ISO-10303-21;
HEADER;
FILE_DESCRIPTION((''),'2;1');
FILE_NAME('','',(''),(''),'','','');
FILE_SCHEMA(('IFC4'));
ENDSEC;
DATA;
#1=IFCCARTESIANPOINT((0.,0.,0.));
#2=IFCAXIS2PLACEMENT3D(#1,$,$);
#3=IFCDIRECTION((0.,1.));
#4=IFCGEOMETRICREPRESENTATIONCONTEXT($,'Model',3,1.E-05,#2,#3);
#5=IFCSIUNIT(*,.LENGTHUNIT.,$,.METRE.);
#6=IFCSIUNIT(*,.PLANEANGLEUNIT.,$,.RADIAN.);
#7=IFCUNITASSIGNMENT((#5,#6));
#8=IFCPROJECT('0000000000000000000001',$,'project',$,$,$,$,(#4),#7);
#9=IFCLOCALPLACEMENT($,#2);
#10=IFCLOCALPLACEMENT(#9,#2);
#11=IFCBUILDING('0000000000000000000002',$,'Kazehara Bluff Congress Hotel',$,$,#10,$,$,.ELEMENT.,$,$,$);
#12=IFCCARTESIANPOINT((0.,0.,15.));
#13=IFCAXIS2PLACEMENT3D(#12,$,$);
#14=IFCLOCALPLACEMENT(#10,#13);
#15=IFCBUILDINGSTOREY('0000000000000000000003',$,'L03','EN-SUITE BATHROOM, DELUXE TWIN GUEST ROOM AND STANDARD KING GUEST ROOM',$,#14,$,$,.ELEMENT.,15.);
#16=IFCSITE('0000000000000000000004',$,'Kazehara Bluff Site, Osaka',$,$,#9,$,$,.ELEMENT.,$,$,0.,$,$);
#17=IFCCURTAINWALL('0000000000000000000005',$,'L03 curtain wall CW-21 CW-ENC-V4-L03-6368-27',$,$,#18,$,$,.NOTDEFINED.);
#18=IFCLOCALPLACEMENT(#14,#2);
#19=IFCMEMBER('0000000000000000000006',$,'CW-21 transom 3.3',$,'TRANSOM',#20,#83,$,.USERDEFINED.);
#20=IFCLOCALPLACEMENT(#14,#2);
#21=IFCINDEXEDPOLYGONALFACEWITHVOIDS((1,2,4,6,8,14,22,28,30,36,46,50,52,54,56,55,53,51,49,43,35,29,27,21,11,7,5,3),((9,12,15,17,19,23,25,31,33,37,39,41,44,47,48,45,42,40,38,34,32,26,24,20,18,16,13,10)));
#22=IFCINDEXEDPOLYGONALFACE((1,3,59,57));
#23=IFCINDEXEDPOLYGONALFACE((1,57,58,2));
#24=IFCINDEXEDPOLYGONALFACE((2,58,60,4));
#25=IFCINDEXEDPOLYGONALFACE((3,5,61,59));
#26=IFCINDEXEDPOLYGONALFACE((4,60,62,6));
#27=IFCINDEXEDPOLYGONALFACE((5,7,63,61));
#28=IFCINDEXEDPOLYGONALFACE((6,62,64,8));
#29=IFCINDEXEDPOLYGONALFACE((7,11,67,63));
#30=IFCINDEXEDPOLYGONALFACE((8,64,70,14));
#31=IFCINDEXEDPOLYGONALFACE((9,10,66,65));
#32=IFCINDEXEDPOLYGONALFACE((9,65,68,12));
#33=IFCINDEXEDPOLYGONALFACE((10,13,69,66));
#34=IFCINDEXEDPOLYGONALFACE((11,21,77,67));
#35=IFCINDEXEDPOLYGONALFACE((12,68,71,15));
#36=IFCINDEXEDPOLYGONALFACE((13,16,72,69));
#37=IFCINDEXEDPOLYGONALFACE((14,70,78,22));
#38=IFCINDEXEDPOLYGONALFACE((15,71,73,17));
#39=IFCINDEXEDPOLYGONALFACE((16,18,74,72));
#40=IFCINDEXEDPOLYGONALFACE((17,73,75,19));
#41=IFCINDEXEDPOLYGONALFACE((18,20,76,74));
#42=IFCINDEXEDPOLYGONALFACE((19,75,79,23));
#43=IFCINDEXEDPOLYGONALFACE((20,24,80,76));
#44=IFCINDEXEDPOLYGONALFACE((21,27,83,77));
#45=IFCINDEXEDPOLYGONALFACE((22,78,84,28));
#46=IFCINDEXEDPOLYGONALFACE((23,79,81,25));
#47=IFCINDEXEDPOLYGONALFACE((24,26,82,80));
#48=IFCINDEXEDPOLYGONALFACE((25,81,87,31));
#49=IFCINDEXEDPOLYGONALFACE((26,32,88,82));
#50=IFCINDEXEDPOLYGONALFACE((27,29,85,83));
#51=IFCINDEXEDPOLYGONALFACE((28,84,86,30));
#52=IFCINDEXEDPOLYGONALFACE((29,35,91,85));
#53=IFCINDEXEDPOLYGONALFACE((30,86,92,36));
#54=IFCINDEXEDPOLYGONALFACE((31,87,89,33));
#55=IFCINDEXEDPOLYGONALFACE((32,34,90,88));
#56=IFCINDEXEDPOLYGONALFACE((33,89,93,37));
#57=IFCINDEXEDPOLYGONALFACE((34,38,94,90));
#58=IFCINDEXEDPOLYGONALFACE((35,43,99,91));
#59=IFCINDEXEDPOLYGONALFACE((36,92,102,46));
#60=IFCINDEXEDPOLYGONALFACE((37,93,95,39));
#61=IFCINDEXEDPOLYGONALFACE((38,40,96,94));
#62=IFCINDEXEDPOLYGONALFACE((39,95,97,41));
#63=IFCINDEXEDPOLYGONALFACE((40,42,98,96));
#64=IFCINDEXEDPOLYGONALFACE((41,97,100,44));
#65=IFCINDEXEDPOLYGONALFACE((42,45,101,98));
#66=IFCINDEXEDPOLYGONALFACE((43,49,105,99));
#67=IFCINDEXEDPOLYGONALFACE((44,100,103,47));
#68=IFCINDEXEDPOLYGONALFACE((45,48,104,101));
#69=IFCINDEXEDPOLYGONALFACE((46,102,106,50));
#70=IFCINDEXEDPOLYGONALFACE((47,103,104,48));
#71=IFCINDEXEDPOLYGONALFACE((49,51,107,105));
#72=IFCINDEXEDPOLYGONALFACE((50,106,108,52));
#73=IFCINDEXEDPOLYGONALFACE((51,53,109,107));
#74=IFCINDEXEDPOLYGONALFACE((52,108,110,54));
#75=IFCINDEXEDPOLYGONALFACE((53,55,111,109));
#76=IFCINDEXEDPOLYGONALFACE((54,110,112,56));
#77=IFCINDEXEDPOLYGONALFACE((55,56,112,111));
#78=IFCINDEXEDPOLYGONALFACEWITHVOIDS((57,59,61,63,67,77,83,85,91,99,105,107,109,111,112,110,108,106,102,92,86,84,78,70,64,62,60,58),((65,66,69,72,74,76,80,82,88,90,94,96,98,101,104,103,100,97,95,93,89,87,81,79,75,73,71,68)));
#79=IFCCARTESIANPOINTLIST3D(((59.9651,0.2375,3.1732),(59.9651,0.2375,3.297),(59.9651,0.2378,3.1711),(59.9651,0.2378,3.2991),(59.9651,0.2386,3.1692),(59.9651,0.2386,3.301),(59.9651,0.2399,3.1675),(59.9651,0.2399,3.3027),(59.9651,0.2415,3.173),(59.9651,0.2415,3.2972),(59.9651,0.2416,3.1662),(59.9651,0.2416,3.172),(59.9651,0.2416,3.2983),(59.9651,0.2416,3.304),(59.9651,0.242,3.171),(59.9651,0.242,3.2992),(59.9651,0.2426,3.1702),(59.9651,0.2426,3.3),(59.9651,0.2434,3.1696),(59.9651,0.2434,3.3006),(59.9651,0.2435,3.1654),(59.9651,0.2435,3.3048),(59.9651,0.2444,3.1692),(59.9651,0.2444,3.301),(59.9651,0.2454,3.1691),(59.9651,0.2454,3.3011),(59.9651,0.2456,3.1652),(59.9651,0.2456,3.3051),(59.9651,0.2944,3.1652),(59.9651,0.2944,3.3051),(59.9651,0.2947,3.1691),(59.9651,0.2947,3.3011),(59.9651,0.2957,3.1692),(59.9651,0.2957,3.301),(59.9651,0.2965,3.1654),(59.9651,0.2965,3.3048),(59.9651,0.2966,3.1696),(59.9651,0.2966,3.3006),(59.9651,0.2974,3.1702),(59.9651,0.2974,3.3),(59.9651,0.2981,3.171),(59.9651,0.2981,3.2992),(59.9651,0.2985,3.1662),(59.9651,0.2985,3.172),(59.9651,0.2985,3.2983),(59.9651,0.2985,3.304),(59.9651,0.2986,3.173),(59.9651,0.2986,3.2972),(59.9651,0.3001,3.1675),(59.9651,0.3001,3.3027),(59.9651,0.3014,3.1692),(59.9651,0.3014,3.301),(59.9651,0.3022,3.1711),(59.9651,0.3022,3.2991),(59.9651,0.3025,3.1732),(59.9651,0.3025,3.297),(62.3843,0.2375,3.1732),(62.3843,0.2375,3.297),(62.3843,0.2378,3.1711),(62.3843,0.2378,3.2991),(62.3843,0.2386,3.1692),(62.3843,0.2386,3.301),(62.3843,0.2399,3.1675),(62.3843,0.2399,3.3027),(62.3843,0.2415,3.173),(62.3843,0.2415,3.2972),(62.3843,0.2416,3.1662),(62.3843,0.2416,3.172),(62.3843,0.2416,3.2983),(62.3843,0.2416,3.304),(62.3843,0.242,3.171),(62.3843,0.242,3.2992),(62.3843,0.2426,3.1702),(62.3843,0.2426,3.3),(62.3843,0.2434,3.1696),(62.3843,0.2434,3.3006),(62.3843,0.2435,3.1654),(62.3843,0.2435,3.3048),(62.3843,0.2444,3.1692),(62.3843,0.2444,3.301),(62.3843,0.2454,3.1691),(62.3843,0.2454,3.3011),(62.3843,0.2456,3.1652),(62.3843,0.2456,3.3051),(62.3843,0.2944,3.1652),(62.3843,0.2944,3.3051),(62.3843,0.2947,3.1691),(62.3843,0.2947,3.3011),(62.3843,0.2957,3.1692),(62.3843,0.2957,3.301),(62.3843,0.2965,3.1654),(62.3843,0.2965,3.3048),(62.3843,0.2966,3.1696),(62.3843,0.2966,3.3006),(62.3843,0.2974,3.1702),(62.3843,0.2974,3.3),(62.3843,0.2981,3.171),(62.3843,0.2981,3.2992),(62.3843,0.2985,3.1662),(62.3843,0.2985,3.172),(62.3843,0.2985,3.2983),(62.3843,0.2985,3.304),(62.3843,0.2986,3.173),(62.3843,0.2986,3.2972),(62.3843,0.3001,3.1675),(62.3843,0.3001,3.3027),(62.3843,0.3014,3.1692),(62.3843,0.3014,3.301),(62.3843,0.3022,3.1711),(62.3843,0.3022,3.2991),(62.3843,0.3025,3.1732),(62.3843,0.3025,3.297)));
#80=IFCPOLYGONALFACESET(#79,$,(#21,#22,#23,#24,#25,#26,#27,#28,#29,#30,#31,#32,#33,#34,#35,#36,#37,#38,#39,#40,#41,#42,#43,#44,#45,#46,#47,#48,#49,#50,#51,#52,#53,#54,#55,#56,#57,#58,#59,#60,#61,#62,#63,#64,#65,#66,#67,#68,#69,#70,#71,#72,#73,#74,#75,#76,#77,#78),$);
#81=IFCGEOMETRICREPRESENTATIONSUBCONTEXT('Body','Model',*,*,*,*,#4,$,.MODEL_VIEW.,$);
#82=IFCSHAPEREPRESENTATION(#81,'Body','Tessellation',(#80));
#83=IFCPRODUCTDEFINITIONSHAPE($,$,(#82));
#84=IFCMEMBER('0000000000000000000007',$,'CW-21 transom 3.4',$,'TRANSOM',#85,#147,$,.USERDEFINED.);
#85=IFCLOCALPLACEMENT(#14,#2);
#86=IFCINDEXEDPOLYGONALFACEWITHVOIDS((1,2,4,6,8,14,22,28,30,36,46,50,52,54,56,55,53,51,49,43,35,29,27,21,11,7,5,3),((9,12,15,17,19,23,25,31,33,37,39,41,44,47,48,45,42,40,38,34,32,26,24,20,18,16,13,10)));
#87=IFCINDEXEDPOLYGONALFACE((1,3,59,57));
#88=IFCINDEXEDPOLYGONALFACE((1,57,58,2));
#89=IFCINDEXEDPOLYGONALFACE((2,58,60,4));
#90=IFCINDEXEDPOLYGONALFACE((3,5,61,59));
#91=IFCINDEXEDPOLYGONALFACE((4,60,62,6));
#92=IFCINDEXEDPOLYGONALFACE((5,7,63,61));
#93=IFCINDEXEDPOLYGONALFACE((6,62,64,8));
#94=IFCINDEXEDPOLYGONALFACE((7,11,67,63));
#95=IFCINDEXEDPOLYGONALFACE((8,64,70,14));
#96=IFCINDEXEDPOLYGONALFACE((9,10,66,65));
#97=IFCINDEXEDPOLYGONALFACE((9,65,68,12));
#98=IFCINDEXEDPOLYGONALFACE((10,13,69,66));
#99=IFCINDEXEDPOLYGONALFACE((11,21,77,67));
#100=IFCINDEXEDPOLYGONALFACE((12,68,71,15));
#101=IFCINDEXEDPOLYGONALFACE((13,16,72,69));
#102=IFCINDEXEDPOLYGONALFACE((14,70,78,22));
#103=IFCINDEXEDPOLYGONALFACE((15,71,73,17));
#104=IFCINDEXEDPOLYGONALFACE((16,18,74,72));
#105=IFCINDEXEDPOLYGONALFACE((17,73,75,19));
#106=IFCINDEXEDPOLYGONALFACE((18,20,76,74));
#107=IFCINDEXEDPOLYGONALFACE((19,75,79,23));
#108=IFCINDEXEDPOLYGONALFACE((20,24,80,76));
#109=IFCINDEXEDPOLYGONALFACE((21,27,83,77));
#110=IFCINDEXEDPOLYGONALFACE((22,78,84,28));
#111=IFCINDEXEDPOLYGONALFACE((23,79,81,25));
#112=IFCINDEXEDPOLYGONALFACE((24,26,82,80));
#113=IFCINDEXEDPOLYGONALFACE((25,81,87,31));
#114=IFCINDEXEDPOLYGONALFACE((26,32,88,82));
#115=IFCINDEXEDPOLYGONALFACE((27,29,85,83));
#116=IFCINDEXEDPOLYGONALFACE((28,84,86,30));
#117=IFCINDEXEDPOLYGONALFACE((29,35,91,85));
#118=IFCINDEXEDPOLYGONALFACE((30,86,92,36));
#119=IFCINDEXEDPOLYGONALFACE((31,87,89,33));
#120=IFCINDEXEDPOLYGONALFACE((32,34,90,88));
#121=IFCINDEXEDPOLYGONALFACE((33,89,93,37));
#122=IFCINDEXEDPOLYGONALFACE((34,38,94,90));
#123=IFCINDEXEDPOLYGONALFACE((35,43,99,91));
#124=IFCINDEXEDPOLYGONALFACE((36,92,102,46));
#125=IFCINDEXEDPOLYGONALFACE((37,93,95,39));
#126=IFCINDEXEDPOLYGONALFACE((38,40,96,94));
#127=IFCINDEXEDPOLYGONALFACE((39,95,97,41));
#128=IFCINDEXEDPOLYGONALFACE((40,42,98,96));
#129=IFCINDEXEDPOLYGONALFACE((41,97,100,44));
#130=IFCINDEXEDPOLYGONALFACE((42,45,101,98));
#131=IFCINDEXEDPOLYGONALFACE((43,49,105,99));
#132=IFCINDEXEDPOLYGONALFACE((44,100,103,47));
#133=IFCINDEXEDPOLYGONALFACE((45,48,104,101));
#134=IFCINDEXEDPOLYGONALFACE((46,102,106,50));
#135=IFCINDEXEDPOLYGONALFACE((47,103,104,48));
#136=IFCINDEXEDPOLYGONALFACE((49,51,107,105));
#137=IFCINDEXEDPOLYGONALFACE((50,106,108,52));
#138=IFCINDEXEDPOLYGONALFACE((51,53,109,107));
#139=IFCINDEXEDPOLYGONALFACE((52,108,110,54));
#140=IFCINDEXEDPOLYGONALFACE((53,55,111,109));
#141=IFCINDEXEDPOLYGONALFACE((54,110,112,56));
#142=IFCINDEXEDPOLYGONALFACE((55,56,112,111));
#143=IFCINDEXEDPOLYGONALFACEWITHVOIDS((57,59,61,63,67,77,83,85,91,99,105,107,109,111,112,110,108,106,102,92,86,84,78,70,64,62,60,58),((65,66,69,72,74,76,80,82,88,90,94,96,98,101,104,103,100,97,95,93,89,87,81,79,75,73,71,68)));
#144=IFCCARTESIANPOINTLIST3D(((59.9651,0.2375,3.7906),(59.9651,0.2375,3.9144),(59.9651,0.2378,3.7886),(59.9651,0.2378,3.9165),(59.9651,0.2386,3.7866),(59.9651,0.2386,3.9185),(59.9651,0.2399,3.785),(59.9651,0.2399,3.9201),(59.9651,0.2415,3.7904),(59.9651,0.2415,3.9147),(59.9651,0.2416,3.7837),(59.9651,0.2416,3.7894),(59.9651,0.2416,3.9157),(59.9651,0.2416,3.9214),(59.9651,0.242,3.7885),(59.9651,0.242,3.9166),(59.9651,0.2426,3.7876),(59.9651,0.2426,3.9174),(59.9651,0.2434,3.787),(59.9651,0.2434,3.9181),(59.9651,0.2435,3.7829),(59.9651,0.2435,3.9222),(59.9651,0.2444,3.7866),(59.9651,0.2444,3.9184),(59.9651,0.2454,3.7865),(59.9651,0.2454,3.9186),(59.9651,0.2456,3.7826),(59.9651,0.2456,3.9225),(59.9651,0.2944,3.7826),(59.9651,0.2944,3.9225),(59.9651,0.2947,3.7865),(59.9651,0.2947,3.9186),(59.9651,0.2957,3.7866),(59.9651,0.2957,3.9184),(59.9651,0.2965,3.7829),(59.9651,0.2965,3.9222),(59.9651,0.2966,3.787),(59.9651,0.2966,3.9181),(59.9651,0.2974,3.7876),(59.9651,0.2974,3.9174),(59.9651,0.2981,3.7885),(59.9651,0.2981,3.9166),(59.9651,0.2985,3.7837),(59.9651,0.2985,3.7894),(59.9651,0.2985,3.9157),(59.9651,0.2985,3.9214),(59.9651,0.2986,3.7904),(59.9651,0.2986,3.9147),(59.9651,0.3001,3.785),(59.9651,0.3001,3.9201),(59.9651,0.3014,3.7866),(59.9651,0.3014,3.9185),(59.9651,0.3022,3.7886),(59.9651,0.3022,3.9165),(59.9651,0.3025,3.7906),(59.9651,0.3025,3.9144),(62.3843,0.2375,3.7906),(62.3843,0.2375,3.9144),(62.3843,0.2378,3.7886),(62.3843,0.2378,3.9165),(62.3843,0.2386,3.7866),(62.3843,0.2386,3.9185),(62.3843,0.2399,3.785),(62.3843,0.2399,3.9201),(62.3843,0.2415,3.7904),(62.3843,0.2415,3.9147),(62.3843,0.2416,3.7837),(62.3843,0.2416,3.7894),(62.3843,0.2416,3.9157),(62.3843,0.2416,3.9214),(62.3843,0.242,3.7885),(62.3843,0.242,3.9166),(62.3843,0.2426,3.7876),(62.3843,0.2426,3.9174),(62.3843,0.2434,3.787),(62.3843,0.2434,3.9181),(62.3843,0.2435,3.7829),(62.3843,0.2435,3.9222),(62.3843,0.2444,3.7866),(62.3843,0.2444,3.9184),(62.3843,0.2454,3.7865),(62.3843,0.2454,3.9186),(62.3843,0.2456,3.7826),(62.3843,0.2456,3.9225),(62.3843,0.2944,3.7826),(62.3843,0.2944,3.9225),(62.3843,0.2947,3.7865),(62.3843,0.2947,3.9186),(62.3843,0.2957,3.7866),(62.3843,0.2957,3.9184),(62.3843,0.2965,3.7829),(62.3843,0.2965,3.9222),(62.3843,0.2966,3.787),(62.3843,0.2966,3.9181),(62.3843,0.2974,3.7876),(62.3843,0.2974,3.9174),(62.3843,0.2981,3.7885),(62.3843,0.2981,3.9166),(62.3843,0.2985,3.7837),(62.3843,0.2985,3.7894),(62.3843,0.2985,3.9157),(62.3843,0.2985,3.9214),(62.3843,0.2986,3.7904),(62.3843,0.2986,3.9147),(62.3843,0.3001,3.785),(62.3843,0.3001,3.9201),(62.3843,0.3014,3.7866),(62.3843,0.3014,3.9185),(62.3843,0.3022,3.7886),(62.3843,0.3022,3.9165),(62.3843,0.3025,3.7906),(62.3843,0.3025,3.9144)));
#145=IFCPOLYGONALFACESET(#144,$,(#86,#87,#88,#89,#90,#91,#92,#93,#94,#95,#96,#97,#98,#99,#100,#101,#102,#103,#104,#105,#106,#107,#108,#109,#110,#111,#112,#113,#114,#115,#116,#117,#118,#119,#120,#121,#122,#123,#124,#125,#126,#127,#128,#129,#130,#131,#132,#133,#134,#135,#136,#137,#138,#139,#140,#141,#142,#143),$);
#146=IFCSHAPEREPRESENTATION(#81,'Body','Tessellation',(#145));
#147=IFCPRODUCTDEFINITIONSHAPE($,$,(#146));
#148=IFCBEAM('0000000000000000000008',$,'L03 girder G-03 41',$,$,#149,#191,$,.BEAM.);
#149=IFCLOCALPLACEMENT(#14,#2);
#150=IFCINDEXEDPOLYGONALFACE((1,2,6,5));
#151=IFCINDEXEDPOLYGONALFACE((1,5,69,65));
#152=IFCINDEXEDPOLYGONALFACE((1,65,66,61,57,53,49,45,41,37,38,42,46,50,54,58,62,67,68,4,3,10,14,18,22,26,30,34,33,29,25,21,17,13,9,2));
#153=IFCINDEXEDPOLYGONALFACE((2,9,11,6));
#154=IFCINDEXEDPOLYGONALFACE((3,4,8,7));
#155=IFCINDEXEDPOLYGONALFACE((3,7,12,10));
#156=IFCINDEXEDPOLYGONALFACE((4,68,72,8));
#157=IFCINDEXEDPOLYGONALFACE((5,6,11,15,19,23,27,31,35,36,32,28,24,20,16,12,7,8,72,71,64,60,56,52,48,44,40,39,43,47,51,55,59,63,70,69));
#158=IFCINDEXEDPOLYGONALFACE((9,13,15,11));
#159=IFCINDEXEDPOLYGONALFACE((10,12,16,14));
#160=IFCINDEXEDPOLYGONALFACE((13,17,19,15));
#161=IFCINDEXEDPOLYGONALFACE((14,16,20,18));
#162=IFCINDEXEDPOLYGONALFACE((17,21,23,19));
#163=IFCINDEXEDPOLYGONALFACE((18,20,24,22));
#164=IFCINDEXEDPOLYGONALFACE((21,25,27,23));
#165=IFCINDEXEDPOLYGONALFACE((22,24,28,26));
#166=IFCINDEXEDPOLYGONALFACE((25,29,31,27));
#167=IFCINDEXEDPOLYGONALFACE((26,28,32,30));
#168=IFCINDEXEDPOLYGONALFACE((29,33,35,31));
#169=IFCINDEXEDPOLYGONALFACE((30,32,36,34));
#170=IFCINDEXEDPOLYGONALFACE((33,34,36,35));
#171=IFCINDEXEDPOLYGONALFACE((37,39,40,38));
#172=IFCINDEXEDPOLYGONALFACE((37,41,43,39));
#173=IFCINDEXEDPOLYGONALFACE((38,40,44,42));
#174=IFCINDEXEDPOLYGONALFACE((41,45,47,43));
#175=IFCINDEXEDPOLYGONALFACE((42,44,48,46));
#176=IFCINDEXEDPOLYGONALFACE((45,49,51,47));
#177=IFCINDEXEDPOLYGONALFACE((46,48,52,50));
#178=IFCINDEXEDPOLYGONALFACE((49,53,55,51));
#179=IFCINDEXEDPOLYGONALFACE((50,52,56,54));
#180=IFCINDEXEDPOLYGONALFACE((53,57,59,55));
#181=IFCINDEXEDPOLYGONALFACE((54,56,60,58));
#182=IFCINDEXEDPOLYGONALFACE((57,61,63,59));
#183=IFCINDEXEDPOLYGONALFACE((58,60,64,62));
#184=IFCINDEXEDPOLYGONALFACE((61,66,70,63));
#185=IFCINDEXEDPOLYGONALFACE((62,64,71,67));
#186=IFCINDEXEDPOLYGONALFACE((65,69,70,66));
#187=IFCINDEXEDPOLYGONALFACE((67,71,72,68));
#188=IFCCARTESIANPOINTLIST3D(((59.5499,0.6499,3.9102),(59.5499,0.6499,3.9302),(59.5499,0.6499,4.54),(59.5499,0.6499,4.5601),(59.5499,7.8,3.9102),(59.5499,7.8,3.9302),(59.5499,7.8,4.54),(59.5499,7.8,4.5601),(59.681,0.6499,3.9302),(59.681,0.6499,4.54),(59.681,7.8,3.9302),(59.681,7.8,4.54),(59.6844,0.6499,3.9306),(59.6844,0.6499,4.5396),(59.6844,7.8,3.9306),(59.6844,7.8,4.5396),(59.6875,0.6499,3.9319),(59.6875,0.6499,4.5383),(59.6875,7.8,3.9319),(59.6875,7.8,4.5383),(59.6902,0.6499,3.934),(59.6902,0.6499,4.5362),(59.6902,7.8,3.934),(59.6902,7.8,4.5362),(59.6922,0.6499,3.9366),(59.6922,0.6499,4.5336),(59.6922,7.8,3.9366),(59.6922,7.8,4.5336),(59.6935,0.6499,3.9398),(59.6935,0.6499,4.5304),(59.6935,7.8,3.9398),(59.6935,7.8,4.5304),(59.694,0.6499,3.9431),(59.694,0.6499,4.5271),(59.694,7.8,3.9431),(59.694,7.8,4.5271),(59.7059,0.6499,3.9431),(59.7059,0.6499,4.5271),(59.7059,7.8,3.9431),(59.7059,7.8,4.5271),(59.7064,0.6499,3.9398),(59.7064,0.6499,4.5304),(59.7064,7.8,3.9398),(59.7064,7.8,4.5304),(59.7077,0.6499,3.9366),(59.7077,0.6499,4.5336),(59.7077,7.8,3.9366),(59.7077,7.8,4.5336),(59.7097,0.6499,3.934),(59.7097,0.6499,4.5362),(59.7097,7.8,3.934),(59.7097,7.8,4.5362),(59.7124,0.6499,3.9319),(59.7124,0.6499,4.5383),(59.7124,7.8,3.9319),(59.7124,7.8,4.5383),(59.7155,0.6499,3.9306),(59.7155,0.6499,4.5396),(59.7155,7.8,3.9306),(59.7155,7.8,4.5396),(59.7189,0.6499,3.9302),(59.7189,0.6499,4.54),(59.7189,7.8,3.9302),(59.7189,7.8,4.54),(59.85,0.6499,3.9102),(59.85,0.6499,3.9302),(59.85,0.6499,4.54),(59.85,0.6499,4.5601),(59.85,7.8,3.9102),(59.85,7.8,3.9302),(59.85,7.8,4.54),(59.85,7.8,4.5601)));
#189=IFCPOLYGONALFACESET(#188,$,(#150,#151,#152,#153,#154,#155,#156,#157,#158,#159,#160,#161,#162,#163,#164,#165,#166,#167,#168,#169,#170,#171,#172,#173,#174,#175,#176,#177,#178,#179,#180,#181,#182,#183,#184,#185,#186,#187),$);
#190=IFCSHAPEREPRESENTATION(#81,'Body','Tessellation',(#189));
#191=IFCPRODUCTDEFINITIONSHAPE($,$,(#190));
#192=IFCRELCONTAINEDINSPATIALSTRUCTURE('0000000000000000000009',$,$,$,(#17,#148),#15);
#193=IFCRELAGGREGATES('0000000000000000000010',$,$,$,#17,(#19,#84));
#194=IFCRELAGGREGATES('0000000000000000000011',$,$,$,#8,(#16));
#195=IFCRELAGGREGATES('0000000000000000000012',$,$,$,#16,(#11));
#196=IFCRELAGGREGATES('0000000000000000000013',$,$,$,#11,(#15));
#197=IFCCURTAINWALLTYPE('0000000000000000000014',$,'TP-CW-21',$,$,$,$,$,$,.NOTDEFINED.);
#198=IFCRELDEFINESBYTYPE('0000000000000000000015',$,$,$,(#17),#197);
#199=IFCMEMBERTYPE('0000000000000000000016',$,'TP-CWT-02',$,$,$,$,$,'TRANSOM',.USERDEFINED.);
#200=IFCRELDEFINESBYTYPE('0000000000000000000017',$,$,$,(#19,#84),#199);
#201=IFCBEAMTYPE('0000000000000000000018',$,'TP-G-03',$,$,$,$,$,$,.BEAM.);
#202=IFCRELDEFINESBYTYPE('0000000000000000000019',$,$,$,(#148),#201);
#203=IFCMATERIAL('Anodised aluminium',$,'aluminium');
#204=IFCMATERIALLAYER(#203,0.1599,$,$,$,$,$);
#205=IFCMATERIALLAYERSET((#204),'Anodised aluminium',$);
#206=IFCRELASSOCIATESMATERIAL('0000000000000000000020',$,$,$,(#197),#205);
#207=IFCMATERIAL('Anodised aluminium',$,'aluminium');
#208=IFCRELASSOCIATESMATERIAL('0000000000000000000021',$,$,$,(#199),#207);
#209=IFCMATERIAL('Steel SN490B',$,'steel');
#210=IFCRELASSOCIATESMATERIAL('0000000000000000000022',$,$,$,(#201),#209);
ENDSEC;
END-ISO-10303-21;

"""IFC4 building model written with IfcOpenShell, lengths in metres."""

from ifc_helpers import new_model, si_unit, direction, frame, origin, origin_2d, place, context, subcontext, project, spatial, hollow_rectangle, i_section, extrude, material, layer, layer_set, material_profile, profile_set, type_object, element, aggregate, save


model = new_model("IFC4")

# Units and contexts
model_context = context("Model", 3, precision=1e-05, world=origin(), true_north=direction((0.0, 1.0)))
body_context = subcontext(model_context, "Body", "Model", "MODEL_VIEW")
ifc_project = project(units=[si_unit("LENGTHUNIT", "METRE"), si_unit("PLANEANGLEUNIT", "RADIAN")], contexts=[model_context])

# Site, building, storey
site_placement = place(None, origin())
site = spatial("IfcSite", under=ifc_project, at=site_placement, Name="Kazehara Bluff Site, Osaka", CompositionType="ELEMENT", RefElevation=0.0)
building_placement = place(site_placement, origin())
building = spatial("IfcBuilding", under=site, at=building_placement, Name="Kazehara Bluff Congress Hotel", CompositionType="ELEMENT")
storey_placement = place(building_placement, frame((0.0, 0.0, 15.0)))
storey = spatial("IfcBuildingStorey", under=building, at=storey_placement, Name="L03", Description="EN-SUITE BATHROOM, DELUXE TWIN GUEST ROOM AND STANDARD KING GUEST ROOM", CompositionType="ELEMENT", Elevation=15.0)

# Curtain wall, members
ifc_material_1 = material(Name="Anodised aluminium", Category="aluminium")
ifc_layer_1 = layer(ifc_material_1, 0.1599)
ifc_layer_set_1 = layer_set([ifc_layer_1], Name="Anodised aluminium")
curtain_wall_type = type_object("IfcCurtainWallType", Name="TP-CW-21", PredefinedType="NOTDEFINED", material=ifc_layer_set_1)
curtain_wall_placement = place(storey_placement, origin())
curtain_wall = element("IfcCurtainWall", 1, at=curtain_wall_placement, inside=storey, type_object=curtain_wall_type, Name="L03 curtain wall CW-21 CW-ENC-V4-L03-6368-27", PredefinedType="NOTDEFINED")
ifc_material_2 = material(Name="Anodised aluminium", Category="aluminium")
ifc_material_profile_1 = material_profile(ifc_material_2, hollow_rectangle(XDim=0.0649, YDim=0.1399, WallThickness=0.0039, InnerFilletRadius=0.0039, OuterFilletRadius=0.0081, at=origin_2d()))
ifc_profile_set_1 = profile_set([ifc_material_profile_1], Name="Anodised aluminium")
member_type_1 = type_object("IfcMemberType", Name="TP-CWT-02", ElementType="TRANSOM", PredefinedType="USERDEFINED", material=ifc_profile_set_1)
member_1_placement = place(storey_placement, frame((62.3843, 0.27, 3.2351), z_axis=(-1.0, 0.0, 0.0), x_axis=(0.0, -1.0, 0.0)))
member_1 = element("IfcMember", 2, at=member_1_placement, type_object=member_type_1, Name="CW-21 transom 3.3", ObjectType="TRANSOM", PredefinedType="USERDEFINED", context=body_context, shape_type="SweptSolid", body=[
    extrude(hollow_rectangle(XDim=0.0649, YDim=0.1399, WallThickness=0.0039, InnerFilletRadius=0.0039, OuterFilletRadius=0.0081, at=origin_2d()), origin(), (0.0, 0.0, 1.0), 2.4192),
])
member_2_placement = place(storey_placement, frame((62.3843, 0.27, 3.8525), z_axis=(-1.0, 0.0, 0.0), x_axis=(0.0, -1.0, 0.0)))
member_2 = element("IfcMember", 3, at=member_2_placement, type_object=member_type_1, Name="CW-21 transom 3.4", ObjectType="TRANSOM", PredefinedType="USERDEFINED", context=body_context, shape_type="SweptSolid", body=[
    extrude(hollow_rectangle(XDim=0.0649, YDim=0.1399, WallThickness=0.0039, InnerFilletRadius=0.0039, OuterFilletRadius=0.0081, at=origin_2d()), origin(), (0.0, 0.0, 1.0), 2.4192),
])

# Beam
ifc_material_3 = material(Name="Steel SN490B", Category="steel")
ifc_material_profile_2 = material_profile(ifc_material_3, i_section(OverallWidth=0.3, OverallDepth=0.6499, WebThickness=0.012, FlangeThickness=0.02, FilletRadius=0.0129, at=origin_2d()))
ifc_profile_set_2 = profile_set([ifc_material_profile_2], Name="Steel SN490B")
beam_type_1 = type_object("IfcBeamType", Name="TP-G-03", PredefinedType="BEAM", material=ifc_profile_set_2)
beam_1_placement = place(storey_placement, frame((59.7, 0.6499, 4.2351), z_axis=(0.0, 1.0, 0.0), x_axis=(-1.0, 0.0, 0.0)))
element("IfcBeam", 4, at=beam_1_placement, inside=storey, type_object=beam_type_1, Name="L03 girder G-03 41", PredefinedType="BEAM", context=body_context, shape_type="SweptSolid", body=[
    extrude(i_section(OverallWidth=0.3, OverallDepth=0.6499, WebThickness=0.012, FlangeThickness=0.02, FilletRadius=0.0129, at=origin_2d()), origin(), (0.0, 0.0, 1.0), 7.1501),
])

aggregate(curtain_wall, [member_1, member_2])

save(model, "model.ifc")
